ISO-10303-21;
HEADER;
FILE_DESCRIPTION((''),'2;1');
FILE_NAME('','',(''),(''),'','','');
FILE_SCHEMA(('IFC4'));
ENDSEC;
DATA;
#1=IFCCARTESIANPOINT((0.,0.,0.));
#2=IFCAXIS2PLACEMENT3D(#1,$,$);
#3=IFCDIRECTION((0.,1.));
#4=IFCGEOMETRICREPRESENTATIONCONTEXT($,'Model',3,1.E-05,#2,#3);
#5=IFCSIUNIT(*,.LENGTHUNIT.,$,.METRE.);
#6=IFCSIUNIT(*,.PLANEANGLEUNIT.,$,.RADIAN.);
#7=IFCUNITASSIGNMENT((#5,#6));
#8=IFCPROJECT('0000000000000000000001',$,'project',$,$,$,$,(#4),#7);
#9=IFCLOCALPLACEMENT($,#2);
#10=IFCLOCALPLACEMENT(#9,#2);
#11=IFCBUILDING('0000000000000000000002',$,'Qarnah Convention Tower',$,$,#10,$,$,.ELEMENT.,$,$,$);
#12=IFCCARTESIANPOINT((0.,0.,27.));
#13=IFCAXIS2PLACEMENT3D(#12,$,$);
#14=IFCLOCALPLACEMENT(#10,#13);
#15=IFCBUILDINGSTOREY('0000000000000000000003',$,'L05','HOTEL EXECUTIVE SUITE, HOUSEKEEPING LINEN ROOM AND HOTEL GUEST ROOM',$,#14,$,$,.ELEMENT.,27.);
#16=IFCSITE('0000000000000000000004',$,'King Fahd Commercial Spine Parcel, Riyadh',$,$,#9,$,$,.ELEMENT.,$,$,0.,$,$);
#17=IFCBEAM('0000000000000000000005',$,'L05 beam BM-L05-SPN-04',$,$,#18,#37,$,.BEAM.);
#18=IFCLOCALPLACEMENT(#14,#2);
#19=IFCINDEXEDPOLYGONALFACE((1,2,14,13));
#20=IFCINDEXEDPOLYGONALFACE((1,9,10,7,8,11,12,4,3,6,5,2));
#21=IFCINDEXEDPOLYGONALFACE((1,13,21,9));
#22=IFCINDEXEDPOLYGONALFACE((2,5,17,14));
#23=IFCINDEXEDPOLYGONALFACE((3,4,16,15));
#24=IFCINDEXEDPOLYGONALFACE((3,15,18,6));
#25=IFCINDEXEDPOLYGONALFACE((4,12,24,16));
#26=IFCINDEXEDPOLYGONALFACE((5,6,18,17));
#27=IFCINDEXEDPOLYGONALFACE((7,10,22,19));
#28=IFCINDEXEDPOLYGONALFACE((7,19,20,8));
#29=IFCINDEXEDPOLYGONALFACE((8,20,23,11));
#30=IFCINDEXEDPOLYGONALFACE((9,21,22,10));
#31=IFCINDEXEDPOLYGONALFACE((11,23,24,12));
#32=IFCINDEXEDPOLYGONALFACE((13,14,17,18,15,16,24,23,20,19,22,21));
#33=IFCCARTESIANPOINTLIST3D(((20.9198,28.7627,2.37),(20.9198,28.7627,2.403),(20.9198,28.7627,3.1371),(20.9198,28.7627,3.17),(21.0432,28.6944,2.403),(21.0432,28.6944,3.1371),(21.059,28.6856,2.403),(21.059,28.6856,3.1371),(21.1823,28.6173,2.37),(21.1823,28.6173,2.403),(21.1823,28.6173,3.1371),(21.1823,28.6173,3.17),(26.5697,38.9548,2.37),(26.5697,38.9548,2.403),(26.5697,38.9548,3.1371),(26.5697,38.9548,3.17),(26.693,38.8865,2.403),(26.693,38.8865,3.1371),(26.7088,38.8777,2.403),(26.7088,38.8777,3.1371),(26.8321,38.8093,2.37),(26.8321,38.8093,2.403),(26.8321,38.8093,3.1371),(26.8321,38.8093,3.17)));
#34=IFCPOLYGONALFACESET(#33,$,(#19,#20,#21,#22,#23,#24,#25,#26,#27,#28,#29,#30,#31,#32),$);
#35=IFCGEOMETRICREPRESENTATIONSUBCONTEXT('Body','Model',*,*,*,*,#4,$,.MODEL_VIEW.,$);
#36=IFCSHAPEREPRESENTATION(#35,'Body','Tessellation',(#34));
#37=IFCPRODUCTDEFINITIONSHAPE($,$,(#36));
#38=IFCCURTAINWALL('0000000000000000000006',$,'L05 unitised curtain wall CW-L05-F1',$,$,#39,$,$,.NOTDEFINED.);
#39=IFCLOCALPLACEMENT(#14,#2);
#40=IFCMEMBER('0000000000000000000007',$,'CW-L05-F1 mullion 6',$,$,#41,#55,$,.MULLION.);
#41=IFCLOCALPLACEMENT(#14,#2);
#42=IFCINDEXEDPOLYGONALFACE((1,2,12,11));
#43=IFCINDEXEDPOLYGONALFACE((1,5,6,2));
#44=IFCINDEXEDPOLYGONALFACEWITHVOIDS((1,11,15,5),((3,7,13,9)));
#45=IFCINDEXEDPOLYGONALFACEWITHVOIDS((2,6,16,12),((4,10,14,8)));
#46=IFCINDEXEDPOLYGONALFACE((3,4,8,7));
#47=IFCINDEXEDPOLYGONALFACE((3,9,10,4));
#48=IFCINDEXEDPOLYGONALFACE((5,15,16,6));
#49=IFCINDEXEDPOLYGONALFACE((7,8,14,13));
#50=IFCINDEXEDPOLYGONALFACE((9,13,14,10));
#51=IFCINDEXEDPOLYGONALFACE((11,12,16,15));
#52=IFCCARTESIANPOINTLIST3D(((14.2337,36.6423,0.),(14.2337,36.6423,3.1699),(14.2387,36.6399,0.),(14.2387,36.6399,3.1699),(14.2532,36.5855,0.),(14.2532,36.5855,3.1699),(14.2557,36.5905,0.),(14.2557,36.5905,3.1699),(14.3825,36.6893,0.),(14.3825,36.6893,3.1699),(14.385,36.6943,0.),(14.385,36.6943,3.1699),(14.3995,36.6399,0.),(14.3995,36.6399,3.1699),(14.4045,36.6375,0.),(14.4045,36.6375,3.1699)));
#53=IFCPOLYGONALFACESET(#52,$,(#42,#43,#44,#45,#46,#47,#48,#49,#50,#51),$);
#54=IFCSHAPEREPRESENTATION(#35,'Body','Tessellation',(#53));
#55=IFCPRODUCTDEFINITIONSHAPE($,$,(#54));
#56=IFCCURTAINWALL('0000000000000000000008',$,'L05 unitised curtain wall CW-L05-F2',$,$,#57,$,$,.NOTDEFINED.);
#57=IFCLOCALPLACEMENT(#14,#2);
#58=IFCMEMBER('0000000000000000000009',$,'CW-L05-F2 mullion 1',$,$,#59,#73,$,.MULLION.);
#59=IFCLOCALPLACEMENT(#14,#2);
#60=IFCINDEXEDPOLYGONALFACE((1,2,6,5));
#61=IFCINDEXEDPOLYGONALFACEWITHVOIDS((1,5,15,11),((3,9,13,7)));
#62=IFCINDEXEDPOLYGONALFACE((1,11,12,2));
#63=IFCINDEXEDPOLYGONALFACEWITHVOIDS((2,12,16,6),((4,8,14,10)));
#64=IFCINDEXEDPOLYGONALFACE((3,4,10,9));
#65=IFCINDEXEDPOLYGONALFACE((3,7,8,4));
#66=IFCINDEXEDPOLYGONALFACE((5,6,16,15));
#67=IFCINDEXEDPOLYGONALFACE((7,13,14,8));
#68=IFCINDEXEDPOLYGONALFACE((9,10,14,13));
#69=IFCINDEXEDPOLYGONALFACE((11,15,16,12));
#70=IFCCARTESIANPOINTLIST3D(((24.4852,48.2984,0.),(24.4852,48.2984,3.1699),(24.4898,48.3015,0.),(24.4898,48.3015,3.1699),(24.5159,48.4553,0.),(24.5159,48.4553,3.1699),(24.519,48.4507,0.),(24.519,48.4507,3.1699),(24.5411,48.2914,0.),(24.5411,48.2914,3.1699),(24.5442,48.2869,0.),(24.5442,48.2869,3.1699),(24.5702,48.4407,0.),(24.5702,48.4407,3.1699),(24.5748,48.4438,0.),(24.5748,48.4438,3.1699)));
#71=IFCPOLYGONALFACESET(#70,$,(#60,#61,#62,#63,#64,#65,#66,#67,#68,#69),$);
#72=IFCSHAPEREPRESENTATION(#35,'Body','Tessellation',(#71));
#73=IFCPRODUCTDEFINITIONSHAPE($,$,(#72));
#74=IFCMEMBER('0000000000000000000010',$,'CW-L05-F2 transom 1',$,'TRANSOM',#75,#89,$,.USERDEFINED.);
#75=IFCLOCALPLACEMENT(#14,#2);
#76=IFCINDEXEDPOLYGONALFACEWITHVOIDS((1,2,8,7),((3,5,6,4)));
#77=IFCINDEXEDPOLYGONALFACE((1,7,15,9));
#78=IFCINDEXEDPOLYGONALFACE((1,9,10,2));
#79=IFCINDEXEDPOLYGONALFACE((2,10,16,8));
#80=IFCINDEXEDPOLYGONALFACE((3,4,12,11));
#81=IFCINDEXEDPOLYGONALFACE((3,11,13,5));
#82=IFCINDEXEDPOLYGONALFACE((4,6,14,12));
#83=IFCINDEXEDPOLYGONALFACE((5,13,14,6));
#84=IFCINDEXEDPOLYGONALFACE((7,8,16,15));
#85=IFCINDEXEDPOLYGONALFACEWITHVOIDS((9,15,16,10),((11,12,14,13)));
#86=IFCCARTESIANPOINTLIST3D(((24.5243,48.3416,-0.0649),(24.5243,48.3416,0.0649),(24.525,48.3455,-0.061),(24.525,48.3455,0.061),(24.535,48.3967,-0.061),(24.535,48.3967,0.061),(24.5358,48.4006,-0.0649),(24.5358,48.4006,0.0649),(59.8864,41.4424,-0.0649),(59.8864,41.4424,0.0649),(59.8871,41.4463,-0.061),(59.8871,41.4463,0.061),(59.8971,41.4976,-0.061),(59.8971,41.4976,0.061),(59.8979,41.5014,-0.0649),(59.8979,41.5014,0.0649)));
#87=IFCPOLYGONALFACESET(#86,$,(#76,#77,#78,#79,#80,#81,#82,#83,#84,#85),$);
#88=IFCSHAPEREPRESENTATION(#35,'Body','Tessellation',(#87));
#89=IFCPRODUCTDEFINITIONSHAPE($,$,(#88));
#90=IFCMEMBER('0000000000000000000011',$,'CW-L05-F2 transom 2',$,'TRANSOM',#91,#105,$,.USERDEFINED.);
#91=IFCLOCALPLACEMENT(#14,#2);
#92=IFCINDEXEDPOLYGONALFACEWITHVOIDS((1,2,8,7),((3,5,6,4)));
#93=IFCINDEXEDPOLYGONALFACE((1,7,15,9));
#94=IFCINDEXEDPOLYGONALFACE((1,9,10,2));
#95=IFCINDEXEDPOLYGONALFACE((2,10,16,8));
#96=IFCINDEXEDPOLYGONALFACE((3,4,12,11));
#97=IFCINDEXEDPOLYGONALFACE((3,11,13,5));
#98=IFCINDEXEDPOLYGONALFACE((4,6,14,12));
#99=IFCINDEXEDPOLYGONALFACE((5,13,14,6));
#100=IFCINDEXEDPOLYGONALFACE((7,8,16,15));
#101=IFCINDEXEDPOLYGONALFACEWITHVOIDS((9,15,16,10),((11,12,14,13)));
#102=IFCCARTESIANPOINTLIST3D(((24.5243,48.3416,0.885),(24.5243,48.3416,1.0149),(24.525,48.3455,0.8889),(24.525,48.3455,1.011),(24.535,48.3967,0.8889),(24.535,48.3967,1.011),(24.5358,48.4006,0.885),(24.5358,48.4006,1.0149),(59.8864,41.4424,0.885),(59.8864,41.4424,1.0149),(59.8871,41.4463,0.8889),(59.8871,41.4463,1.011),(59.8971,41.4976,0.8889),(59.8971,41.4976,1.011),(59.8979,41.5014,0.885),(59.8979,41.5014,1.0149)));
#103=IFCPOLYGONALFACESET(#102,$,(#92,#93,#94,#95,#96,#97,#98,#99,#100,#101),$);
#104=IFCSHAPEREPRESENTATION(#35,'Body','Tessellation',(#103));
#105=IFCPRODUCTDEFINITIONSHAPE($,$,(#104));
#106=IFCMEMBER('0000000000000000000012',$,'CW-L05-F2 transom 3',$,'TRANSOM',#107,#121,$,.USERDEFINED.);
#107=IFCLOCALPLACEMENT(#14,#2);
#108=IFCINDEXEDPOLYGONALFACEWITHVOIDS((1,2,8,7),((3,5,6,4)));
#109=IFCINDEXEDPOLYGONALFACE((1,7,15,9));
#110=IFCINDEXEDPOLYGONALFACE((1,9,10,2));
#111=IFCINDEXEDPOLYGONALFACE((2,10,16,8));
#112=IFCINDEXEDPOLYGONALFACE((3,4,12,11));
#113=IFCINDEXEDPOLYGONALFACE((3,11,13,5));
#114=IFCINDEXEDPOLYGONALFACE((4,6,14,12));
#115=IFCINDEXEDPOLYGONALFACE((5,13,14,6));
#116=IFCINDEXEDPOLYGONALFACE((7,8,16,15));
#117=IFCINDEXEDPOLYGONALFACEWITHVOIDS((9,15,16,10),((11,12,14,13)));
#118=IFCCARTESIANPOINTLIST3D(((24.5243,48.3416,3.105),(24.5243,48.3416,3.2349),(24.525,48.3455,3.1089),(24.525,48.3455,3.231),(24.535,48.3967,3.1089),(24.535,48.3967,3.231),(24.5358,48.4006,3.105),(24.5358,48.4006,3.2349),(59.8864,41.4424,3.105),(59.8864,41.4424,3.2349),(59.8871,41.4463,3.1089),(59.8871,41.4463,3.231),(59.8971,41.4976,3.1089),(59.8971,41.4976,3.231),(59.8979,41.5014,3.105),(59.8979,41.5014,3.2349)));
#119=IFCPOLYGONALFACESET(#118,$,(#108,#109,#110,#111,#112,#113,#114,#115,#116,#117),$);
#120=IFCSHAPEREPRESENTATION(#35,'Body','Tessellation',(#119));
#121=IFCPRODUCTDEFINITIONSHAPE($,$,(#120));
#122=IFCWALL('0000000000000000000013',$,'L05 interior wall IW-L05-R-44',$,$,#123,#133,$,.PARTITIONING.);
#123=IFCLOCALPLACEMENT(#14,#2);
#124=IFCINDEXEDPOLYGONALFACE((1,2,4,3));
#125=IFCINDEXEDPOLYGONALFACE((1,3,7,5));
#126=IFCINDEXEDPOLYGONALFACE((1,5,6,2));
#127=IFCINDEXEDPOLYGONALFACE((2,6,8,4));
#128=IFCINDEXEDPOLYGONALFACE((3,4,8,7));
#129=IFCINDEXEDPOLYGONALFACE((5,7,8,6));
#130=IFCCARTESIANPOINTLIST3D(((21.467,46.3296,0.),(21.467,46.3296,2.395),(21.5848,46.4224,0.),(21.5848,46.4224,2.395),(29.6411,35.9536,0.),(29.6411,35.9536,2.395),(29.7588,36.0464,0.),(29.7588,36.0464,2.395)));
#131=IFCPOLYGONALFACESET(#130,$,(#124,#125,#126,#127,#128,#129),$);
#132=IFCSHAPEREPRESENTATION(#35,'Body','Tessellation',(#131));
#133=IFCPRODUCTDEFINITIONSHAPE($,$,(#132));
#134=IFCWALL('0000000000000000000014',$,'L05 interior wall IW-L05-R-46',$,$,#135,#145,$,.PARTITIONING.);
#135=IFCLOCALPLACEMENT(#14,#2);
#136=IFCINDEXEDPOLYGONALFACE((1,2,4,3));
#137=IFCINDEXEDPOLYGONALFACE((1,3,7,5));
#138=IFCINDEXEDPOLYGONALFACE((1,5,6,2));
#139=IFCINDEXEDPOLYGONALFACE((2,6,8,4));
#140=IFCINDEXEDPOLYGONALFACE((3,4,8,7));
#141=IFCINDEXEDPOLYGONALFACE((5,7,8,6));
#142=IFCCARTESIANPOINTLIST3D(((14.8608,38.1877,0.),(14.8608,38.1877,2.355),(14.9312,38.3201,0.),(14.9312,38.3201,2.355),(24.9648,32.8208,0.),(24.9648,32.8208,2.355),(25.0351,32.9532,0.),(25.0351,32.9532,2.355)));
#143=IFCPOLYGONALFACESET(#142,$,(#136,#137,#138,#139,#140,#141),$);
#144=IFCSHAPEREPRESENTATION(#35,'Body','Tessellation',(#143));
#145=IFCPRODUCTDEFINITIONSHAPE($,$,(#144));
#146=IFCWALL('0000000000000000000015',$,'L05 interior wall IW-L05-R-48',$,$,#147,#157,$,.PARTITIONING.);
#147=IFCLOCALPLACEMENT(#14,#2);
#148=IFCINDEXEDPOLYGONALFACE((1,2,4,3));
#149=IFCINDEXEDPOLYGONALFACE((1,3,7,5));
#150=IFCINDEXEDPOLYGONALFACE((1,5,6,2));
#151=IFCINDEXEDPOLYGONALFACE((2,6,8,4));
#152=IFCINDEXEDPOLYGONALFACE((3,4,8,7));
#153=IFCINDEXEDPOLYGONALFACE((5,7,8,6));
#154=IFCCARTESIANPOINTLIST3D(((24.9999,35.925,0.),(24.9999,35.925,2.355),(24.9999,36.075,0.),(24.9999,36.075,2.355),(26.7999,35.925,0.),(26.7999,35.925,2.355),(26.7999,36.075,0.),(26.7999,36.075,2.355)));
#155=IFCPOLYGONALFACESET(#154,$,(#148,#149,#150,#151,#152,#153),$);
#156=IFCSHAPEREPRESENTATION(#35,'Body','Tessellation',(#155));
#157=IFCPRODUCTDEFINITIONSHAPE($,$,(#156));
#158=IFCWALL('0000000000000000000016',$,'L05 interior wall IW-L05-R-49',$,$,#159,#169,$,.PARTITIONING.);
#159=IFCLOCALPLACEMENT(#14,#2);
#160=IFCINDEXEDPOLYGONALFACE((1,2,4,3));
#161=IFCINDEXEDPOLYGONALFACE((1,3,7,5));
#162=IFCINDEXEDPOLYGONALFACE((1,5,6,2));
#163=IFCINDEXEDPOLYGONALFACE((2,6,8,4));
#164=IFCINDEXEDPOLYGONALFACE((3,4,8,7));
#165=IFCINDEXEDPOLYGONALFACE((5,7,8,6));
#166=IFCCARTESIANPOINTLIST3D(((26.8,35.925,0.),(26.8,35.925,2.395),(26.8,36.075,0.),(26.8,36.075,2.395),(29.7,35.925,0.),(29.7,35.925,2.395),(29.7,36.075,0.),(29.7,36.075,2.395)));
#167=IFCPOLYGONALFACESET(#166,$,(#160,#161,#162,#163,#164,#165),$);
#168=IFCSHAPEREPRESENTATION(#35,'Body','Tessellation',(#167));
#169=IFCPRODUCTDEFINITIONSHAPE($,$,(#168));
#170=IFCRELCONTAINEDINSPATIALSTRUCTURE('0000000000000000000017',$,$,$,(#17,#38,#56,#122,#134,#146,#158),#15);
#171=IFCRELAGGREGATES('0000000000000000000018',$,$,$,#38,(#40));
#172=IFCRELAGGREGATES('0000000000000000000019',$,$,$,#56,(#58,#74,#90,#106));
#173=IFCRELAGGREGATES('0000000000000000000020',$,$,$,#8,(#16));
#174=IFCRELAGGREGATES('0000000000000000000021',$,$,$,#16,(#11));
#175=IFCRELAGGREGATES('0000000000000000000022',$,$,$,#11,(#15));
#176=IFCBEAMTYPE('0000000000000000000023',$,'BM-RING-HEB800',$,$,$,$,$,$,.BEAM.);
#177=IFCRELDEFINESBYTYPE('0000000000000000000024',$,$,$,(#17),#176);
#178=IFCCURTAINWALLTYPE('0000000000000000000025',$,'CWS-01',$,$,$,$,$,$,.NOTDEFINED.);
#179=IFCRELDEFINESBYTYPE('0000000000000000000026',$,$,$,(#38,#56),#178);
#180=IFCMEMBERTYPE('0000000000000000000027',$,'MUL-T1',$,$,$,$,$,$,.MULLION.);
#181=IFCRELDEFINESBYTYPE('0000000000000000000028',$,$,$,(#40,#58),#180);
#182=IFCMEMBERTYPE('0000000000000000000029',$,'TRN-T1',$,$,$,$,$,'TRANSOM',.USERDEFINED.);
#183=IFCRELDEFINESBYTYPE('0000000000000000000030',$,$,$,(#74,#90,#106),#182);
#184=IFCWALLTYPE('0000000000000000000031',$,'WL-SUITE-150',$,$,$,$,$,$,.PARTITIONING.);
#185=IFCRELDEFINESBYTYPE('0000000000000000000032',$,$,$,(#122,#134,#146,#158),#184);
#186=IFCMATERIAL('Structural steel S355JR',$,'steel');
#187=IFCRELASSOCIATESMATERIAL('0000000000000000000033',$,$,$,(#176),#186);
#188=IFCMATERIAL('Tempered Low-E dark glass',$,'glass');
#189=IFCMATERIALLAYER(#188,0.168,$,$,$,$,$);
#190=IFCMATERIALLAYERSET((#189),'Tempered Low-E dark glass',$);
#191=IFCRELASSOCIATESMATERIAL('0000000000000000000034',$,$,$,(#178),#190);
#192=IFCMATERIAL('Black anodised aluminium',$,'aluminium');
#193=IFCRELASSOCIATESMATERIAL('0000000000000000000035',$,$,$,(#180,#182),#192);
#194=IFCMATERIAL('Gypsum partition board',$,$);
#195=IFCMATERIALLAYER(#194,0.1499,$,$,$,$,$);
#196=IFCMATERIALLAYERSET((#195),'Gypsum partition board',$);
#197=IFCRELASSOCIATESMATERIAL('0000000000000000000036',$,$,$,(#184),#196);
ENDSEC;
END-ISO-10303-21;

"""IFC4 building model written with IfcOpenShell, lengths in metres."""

from ifc_helpers import new_model, si_unit, direction, frame, frame_2d, origin, origin_2d, place, context, subcontext, project, spatial, rectangle, hollow_rectangle, i_section, extrude, material, layer, layer_set, material_profile, profile_set, type_object, element, aggregate, save


model = new_model("IFC4")

# Units and contexts
model_context = context("Model", 3, precision=1e-05, world=origin(), true_north=direction((0.0, 1.0)))
body_context = subcontext(model_context, "Body", "Model", "MODEL_VIEW")
ifc_project = project(units=[si_unit("LENGTHUNIT", "METRE"), si_unit("PLANEANGLEUNIT", "RADIAN")], contexts=[model_context])

# Site, building, storey
site_placement = place(None, origin())
site = spatial("IfcSite", under=ifc_project, at=site_placement, Name="King Fahd Commercial Spine Parcel, Riyadh", CompositionType="ELEMENT", RefElevation=0.0)
building_placement = place(site_placement, origin())
building = spatial("IfcBuilding", under=site, at=building_placement, Name="Qarnah Convention Tower", CompositionType="ELEMENT")
storey_placement = place(building_placement, frame((0.0, 0.0, 27.0)))
storey = spatial("IfcBuildingStorey", under=building, at=storey_placement, Name="L05", Description="HOTEL EXECUTIVE SUITE, HOUSEKEEPING LINEN ROOM AND HOTEL GUEST ROOM", CompositionType="ELEMENT", Elevation=27.0)

# Beam
ifc_material_1 = material(Name="Structural steel S355JR", Category="steel")
ifc_material_profile_1 = material_profile(ifc_material_1, i_section(OverallWidth=0.3, OverallDepth=0.8, WebThickness=0.0181, FlangeThickness=0.033, at=origin_2d()), Name="HEB800")
ifc_profile_set_1 = profile_set([ifc_material_profile_1], Name="Structural steel S355JR")
beam_type = type_object("IfcBeamType", Name="BM-RING-HEB800", PredefinedType="BEAM", material=ifc_profile_set_1)
beam_placement = place(storey_placement, frame((26.7009, 38.8821, 2.77), z_axis=(-0.48483, -0.874609, 0.0), x_axis=(0.874609, -0.48483, 0.0)))
element("IfcBeam", 1, at=beam_placement, inside=storey, type_object=beam_type, Name="L05 beam BM-L05-SPN-04", PredefinedType="BEAM", context=body_context, shape_type="SweptSolid", body=[
    extrude(i_section(OverallWidth=0.3, OverallDepth=0.8, WebThickness=0.0181, FlangeThickness=0.033, at=origin_2d()), origin(), (0.0, 0.0, 1.0), 11.6533),
])

# Curtain wall, member
ifc_material_2 = material(Name="Tempered Low-E dark glass", Category="glass")
ifc_layer_1 = layer(ifc_material_2, 0.168)
ifc_layer_set_1 = layer_set([ifc_layer_1], Name="Tempered Low-E dark glass")
curtain_wall_type = type_object("IfcCurtainWallType", Name="CWS-01", PredefinedType="NOTDEFINED", material=ifc_layer_set_1)
curtain_wall_1_placement = place(storey_placement, origin())
curtain_wall_1 = element("IfcCurtainWall", 2, at=curtain_wall_1_placement, inside=storey, type_object=curtain_wall_type, Name="L05 unitised curtain wall CW-L05-F1", PredefinedType="NOTDEFINED")
ifc_material_3 = material(Name="Black anodised aluminium", Category="aluminium")
ifc_material_profile_2 = material_profile(ifc_material_3, hollow_rectangle(XDim=0.0601, YDim=0.1599, WallThickness=0.0039, at=origin_2d()), Name="MUL-60X160")
ifc_profile_set_2 = profile_set([ifc_material_profile_2], Name="Black anodised aluminium")
member_type_1 = type_object("IfcMemberType", Name="MUL-T1", PredefinedType="MULLION", material=ifc_profile_set_2)
member_1_placement = place(storey_placement, frame((14.3191, 36.6399, 0.0), z_axis=(0.0, 0.0, 1.0), x_axis=(-0.324891, 0.945751, 0.0)))
member_1 = element("IfcMember", 3, at=member_1_placement, type_object=member_type_1, Name="CW-L05-F1 mullion 6", PredefinedType="MULLION", context=body_context, shape_type="SweptSolid", body=[
    extrude(hollow_rectangle(XDim=0.0601, YDim=0.1599, WallThickness=0.0039, at=origin_2d()), origin(), (0.0, 0.0, 1.0), 3.1699),
])
aggregate(curtain_wall_1, [member_1])

# Curtain wall, members
curtain_wall_2_placement = place(storey_placement, origin())
curtain_wall_2 = element("IfcCurtainWall", 4, at=curtain_wall_2_placement, inside=storey, type_object=curtain_wall_type, Name="L05 unitised curtain wall CW-L05-F2", PredefinedType="NOTDEFINED")
member_2_placement = place(storey_placement, frame((24.53, 48.3711, 0.0), z_axis=(0.0, 0.0, 1.0), x_axis=(0.981495, -0.191486, 0.0)))
member_2 = element("IfcMember", 5, at=member_2_placement, type_object=member_type_1, Name="CW-L05-F2 mullion 1", PredefinedType="MULLION", context=body_context, shape_type="SweptSolid", body=[
    extrude(hollow_rectangle(XDim=0.0601, YDim=0.1599, WallThickness=0.0039, at=origin_2d()), origin(), (0.0, 0.0, 1.0), 3.1699),
])
ifc_material_profile_3 = material_profile(ifc_material_3, hollow_rectangle(XDim=0.0601, YDim=0.1299, WallThickness=0.0039, at=origin_2d()), Name="TRN-60X130")
ifc_profile_set_3 = profile_set([ifc_material_profile_3], Name="Black anodised aluminium")
member_type_2 = type_object("IfcMemberType", Name="TRN-T1", ElementType="TRANSOM", PredefinedType="USERDEFINED", material=ifc_profile_set_3)
member_3_placement = place(storey_placement, frame((24.53, 48.3711, 0.0), z_axis=(0.981494, -0.19149, 0.0), x_axis=(0.19149, 0.981494, 0.0)))
member_3 = element("IfcMember", 6, at=member_3_placement, type_object=member_type_2, Name="CW-L05-F2 transom 1", ObjectType="TRANSOM", PredefinedType="USERDEFINED", context=body_context, shape_type="SweptSolid", body=[
    extrude(hollow_rectangle(XDim=0.0601, YDim=0.1299, WallThickness=0.0039, at=origin_2d()), origin(), (0.0, 0.0, 1.0), 36.0288),
])
member_4_placement = place(storey_placement, frame((24.53, 48.3711, 0.95), z_axis=(0.981494, -0.19149, 0.0), x_axis=(0.19149, 0.981494, 0.0)))
member_4 = element("IfcMember", 7, at=member_4_placement, type_object=member_type_2, Name="CW-L05-F2 transom 2", ObjectType="TRANSOM", PredefinedType="USERDEFINED", context=body_context, shape_type="SweptSolid", body=[
    extrude(hollow_rectangle(XDim=0.0601, YDim=0.1299, WallThickness=0.0039, at=origin_2d()), origin(), (0.0, 0.0, 1.0), 36.0288),
])
member_5_placement = place(storey_placement, frame((24.53, 48.3711, 3.1699), z_axis=(0.981494, -0.19149, 0.0), x_axis=(0.19149, 0.981494, 0.0)))
member_5 = element("IfcMember", 8, at=member_5_placement, type_object=member_type_2, Name="CW-L05-F2 transom 3", ObjectType="TRANSOM", PredefinedType="USERDEFINED", context=body_context, shape_type="SweptSolid", body=[
    extrude(hollow_rectangle(XDim=0.0601, YDim=0.1299, WallThickness=0.0039, at=origin_2d()), origin(), (0.0, 0.0, 1.0), 36.0288),
])
aggregate(curtain_wall_2, [member_2, member_3, member_4, member_5])

# Walls
ifc_material_4 = material(Name="Gypsum partition board")
ifc_layer_2 = layer(ifc_material_4, 0.1499)
ifc_layer_set_2 = layer_set([ifc_layer_2], Name="Gypsum partition board")
wall_type_1 = type_object("IfcWallType", Name="WL-SUITE-150", PredefinedType="PARTITIONING", material=ifc_layer_set_2)
wall_1_placement = place(storey_placement, frame((21.5259, 46.376, 0.0), z_axis=(0.0, 0.0, 1.0), x_axis=(0.618828, -0.785526, 0.0)))
element("IfcWall", 9, at=wall_1_placement, inside=storey, type_object=wall_type_1, Name="L05 interior wall IW-L05-R-44", PredefinedType="PARTITIONING", context=body_context, shape_type="SweptSolid", body=[
    extrude(rectangle(XDim=13.209, YDim=0.1499, at=frame_2d((6.6045, 0.0))), origin(), (0.0, 0.0, 1.0), 2.395),
])
wall_2_placement = place(storey_placement, frame((14.896, 38.2539, 0.0), z_axis=(0.0, 0.0, 1.0), x_axis=(0.883145, -0.4691, 0.0)))
element("IfcWall", 10, at=wall_2_placement, inside=storey, type_object=wall_type_1, Name="L05 interior wall IW-L05-R-46", PredefinedType="PARTITIONING", context=body_context, shape_type="SweptSolid", body=[
    extrude(rectangle(XDim=11.4409, YDim=0.1499, at=frame_2d((5.7205, 0.0))), origin(), (0.0, 0.0, 1.0), 2.355),
])
wall_3_placement = place(storey_placement, frame((25.0, 36.0, 0.0), z_axis=(0.0, 0.0, 1.0), x_axis=(1.0, 0.0, 0.0)))
element("IfcWall", 11, at=wall_3_placement, inside=storey, type_object=wall_type_1, Name="L05 interior wall IW-L05-R-48", PredefinedType="PARTITIONING", context=body_context, shape_type="SweptSolid", body=[
    extrude(rectangle(XDim=1.8, YDim=0.1499, at=frame_2d((0.8999, 0.0))), origin(), (0.0, 0.0, 1.0), 2.355),
])
wall_4_placement = place(storey_placement, frame((26.8, 36.0, 0.0), z_axis=(0.0, 0.0, 1.0), x_axis=(1.0, 0.0, 0.0)))
element("IfcWall", 12, at=wall_4_placement, inside=storey, type_object=wall_type_1, Name="L05 interior wall IW-L05-R-49", PredefinedType="PARTITIONING", context=body_context, shape_type="SweptSolid", body=[
    extrude(rectangle(XDim=2.8999, YDim=0.1499, at=frame_2d((1.45, 0.0))), origin(), (0.0, 0.0, 1.0), 2.395),
])

save(model, "model.ifc")
